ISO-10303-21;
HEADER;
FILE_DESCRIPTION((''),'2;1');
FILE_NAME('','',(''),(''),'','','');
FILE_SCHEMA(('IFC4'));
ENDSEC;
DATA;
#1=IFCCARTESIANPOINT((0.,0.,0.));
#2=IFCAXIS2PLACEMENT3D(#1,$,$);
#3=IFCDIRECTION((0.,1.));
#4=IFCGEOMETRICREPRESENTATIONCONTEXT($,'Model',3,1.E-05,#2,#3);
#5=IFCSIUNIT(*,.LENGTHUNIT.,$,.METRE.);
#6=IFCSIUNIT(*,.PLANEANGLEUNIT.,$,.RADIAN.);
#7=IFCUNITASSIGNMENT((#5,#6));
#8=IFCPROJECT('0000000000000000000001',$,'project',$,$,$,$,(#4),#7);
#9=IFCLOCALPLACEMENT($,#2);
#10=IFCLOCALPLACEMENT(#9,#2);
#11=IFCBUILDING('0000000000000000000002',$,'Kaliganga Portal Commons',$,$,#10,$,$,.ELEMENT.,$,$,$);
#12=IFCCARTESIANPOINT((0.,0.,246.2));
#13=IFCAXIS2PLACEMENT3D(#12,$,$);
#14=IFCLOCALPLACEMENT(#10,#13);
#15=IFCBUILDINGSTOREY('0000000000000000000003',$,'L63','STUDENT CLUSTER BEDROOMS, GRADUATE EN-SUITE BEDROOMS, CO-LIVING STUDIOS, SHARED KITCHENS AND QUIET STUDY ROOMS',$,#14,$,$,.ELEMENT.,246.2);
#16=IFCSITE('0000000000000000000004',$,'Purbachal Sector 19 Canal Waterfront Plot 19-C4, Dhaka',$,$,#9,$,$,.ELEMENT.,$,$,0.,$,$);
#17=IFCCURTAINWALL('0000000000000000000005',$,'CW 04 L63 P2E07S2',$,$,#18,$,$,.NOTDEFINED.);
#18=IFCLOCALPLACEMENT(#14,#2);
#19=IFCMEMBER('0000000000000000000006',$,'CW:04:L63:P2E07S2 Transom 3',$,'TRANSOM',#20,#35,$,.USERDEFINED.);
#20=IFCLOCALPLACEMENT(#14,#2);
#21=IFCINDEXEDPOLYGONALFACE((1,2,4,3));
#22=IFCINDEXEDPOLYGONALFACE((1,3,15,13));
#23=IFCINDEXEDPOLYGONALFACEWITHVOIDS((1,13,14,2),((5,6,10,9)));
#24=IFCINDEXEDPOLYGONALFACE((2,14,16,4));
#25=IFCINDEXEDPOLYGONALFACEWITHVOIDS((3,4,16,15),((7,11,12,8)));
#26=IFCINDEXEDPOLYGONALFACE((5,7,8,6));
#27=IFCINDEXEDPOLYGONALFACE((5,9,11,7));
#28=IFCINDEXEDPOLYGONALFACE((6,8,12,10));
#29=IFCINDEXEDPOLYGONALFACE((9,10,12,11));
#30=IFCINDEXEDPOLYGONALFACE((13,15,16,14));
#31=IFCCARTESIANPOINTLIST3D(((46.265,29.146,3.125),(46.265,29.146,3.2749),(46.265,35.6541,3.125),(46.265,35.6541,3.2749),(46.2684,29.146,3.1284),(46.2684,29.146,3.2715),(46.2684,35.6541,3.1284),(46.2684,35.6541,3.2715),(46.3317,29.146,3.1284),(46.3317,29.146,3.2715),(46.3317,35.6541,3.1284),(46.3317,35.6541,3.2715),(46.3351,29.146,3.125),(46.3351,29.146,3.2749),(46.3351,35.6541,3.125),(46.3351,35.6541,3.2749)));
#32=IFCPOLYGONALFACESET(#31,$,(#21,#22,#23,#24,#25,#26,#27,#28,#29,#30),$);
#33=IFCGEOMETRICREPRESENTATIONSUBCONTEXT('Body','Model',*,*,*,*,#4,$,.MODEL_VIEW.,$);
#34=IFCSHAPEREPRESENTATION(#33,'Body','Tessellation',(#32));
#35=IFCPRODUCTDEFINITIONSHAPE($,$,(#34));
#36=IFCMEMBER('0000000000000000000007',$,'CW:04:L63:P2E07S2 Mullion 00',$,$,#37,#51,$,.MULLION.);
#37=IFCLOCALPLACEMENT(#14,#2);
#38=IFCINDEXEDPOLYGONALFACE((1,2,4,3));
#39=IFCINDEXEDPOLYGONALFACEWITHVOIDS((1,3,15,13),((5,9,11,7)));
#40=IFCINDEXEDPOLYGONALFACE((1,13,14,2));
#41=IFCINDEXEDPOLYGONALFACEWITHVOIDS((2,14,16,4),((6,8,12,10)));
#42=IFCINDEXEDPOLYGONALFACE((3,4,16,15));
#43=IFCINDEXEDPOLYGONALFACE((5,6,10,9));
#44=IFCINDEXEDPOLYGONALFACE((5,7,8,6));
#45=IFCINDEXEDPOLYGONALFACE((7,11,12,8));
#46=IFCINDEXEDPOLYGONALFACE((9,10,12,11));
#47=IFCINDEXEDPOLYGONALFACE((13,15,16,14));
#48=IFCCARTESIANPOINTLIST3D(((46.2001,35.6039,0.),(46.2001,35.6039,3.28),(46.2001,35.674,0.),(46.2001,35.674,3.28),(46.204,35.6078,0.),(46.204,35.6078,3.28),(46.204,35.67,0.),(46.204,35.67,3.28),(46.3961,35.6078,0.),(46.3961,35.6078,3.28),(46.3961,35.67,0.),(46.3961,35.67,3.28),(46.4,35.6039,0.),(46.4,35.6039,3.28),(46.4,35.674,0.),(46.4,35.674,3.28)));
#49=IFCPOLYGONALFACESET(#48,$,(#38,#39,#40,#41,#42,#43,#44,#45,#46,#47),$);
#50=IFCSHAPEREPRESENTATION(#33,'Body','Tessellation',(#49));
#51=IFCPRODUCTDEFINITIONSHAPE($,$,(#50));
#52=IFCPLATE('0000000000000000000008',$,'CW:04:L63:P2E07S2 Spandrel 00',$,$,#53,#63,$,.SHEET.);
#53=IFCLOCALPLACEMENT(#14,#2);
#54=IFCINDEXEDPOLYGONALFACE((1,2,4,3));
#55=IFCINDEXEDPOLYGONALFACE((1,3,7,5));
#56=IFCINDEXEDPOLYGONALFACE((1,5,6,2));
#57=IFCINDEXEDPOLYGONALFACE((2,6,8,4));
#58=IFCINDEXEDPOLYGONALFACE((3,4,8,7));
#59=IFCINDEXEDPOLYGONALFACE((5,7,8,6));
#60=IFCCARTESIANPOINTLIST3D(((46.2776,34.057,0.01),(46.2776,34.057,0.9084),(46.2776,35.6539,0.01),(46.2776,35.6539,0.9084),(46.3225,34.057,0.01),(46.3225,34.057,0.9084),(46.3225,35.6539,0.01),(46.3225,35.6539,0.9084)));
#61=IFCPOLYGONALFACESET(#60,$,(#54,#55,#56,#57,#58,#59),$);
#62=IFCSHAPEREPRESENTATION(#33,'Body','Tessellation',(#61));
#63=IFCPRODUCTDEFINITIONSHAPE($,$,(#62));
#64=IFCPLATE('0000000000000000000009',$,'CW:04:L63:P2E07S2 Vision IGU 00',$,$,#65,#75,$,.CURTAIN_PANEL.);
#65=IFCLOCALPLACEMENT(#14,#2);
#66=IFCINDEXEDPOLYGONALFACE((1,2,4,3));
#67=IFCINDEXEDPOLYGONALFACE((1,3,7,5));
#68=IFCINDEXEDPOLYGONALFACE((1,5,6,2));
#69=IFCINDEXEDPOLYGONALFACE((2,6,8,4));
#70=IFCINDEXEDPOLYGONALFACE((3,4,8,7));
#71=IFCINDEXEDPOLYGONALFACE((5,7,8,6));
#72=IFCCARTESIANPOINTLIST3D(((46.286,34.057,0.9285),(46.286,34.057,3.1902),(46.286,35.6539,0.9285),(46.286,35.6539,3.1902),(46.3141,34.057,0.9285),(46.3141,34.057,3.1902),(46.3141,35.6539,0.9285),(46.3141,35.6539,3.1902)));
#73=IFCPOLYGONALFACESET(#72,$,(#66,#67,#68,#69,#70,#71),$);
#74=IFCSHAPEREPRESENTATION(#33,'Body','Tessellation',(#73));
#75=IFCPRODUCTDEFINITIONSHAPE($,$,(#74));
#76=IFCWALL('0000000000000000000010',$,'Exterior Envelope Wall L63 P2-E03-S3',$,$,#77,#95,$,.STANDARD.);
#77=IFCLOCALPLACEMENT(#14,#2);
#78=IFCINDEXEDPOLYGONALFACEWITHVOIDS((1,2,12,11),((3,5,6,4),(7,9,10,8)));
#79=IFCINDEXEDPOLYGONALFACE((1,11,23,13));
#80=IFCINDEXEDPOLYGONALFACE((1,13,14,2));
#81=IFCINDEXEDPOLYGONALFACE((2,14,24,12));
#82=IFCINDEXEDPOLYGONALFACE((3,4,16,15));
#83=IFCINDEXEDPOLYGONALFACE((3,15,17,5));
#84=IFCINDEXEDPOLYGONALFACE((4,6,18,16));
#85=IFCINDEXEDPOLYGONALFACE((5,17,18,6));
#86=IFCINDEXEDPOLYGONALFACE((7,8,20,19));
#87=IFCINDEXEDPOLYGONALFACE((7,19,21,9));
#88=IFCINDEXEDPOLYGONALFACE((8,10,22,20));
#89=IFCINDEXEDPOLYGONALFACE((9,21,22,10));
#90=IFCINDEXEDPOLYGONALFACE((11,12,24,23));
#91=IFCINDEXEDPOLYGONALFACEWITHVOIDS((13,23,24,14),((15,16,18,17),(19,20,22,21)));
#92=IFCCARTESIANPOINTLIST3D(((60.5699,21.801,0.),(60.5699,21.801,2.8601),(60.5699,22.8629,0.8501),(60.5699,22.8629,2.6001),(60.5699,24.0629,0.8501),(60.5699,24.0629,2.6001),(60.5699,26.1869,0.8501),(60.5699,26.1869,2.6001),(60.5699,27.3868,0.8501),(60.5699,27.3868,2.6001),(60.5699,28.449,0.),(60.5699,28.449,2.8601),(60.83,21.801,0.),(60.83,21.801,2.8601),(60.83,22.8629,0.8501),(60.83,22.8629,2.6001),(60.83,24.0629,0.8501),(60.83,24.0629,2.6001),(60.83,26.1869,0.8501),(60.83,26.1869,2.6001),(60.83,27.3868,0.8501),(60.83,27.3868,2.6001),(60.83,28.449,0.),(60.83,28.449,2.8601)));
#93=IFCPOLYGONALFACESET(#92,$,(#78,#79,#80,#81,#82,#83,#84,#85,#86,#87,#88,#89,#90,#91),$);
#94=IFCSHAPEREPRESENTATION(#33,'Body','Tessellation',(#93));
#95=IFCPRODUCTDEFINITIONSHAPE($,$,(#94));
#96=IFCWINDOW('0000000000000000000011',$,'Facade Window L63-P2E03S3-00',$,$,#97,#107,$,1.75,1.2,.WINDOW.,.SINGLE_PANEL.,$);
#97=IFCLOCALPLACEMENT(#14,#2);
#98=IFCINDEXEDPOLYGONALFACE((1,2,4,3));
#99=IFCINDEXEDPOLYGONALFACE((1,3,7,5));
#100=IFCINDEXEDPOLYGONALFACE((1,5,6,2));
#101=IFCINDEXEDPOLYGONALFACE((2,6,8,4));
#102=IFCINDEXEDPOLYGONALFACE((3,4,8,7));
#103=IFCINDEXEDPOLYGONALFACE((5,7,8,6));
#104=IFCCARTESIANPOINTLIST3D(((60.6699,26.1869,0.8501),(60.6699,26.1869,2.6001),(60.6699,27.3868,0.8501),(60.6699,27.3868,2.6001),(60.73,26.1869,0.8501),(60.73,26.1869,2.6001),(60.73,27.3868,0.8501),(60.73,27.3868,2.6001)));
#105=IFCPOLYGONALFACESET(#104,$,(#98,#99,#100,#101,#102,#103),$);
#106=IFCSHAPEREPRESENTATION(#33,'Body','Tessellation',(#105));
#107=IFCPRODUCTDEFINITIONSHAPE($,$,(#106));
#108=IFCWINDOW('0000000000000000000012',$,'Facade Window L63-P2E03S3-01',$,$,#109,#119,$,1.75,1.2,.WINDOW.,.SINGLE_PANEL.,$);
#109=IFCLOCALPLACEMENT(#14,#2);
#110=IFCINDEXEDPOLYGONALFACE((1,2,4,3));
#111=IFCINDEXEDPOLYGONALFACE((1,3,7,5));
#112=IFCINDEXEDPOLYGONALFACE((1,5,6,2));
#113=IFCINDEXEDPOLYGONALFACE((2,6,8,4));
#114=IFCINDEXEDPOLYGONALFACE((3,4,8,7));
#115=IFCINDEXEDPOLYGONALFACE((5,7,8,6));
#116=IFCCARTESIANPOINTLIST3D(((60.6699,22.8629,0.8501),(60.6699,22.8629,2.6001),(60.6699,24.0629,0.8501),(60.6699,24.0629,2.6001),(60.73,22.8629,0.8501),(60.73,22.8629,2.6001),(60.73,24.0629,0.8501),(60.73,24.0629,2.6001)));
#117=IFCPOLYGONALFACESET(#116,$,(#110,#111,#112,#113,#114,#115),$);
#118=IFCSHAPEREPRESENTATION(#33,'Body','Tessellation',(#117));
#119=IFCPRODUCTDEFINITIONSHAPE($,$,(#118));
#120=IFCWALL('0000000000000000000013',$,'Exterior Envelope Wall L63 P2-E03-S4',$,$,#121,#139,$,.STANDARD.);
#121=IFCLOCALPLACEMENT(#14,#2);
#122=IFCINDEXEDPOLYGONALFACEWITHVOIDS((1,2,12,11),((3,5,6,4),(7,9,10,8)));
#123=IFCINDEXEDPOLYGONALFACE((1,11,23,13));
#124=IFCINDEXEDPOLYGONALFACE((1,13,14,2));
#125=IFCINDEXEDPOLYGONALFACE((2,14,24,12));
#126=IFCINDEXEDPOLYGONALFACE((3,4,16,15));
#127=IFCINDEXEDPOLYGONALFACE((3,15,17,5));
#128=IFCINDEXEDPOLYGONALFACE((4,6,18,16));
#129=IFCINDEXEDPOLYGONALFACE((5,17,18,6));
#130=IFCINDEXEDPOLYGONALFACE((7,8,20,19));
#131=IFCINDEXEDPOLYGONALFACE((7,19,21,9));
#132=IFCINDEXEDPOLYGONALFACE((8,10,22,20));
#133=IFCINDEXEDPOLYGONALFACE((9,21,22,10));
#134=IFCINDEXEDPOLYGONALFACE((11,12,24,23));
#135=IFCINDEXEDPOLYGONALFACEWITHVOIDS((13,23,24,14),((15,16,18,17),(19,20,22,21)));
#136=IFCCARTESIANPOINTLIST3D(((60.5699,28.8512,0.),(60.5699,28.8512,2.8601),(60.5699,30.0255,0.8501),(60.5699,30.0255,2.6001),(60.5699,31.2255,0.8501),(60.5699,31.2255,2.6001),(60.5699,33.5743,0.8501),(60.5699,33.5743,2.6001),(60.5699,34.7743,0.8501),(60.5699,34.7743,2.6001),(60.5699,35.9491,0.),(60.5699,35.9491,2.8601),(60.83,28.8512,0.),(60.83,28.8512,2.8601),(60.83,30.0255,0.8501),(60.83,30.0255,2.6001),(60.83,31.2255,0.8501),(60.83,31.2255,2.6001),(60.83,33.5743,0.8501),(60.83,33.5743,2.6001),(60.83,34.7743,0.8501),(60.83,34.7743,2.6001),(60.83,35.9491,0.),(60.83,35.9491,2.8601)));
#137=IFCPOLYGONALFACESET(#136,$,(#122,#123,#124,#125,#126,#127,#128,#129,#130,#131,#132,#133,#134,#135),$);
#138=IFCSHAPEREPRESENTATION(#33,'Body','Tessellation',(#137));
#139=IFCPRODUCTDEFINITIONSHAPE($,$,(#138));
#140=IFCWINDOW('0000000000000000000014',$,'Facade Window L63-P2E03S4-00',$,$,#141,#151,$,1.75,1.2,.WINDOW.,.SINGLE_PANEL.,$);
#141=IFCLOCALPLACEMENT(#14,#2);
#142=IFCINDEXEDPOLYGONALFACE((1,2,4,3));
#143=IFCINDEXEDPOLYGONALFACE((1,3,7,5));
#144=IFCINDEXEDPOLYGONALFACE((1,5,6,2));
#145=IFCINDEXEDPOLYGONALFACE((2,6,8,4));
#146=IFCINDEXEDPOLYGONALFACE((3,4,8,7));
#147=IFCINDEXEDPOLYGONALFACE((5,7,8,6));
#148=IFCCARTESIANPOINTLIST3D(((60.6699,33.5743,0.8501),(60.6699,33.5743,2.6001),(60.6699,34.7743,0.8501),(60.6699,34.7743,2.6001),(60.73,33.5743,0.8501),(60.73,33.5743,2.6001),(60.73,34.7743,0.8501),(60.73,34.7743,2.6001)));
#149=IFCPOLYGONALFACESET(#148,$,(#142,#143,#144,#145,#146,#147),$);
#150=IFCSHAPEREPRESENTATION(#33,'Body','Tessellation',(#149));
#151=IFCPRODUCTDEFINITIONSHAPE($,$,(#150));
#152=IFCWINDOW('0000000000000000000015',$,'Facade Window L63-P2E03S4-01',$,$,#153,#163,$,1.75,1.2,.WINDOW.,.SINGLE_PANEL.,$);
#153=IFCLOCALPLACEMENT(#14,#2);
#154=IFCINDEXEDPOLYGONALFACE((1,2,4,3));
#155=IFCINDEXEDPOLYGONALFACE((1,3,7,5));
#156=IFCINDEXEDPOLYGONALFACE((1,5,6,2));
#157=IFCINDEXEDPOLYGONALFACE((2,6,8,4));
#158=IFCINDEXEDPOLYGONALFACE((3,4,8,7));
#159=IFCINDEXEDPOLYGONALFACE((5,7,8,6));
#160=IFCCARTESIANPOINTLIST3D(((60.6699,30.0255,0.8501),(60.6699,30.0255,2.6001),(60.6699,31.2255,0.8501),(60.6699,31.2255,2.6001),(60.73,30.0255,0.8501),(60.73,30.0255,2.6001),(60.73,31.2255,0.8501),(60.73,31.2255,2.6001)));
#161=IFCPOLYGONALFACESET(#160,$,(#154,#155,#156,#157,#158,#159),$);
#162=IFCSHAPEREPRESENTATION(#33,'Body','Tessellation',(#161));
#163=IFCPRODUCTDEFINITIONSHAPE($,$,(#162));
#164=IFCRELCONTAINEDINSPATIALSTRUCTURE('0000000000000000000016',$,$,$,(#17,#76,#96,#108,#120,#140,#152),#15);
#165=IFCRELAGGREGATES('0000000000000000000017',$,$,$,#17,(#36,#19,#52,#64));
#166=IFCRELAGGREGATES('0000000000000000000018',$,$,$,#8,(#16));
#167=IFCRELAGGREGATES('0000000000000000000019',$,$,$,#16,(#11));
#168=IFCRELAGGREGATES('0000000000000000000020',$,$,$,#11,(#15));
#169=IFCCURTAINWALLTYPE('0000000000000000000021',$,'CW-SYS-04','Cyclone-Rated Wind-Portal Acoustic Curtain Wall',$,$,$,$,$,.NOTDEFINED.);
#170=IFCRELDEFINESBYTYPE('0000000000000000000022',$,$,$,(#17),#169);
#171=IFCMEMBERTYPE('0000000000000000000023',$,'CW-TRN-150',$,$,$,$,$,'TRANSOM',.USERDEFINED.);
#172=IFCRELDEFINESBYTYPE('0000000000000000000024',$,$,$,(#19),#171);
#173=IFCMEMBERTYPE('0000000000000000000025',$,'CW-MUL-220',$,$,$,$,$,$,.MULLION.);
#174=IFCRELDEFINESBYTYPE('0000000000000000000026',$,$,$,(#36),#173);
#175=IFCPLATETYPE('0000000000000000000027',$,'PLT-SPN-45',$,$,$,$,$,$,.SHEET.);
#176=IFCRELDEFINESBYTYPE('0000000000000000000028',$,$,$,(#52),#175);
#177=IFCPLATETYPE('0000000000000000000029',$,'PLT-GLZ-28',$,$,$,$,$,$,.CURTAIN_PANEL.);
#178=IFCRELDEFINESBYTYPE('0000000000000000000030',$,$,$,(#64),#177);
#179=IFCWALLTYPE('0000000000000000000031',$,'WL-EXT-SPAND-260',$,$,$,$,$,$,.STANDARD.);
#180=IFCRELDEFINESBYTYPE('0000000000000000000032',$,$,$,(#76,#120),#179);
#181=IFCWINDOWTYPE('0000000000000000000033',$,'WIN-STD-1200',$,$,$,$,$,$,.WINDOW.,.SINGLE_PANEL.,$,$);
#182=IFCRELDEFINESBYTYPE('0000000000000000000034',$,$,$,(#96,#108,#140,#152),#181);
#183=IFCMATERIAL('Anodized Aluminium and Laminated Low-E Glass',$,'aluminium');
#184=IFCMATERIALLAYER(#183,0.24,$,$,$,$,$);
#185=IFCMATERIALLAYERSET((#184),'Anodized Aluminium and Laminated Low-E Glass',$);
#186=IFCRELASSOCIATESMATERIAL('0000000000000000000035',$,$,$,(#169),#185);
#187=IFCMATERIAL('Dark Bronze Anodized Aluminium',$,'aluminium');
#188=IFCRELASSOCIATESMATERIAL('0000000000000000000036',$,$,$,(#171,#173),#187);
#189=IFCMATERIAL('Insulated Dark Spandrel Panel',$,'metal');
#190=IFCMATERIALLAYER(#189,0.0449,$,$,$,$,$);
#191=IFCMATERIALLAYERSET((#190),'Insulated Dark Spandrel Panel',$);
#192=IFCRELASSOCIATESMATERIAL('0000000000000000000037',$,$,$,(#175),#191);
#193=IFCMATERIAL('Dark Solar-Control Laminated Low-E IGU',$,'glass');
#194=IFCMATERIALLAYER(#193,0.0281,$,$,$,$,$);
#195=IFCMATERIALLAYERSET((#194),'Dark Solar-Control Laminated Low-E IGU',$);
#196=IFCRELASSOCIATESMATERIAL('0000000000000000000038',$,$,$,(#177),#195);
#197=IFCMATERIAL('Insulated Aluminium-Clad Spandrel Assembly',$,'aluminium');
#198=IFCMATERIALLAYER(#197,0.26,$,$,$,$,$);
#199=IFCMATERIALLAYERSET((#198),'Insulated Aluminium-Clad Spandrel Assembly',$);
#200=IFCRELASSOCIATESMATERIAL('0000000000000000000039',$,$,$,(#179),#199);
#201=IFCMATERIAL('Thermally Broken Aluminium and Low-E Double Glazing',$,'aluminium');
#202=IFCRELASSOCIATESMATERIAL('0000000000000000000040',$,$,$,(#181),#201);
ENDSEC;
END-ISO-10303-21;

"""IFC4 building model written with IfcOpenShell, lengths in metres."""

from ifc_helpers import new_model, si_unit, direction, frame, frame_2d, origin, origin_2d, place, context, subcontext, project, spatial, rectangle, hollow_rectangle, extrude, source, transform, mapped, material, layer, layer_set, material_profile, profile_set, type_object, element, fill, aggregate, save


model = new_model("IFC4")

# Units and contexts
model_context = context("Model", 3, precision=1e-05, world=origin(), true_north=direction((0.0, 1.0)))
body_context = subcontext(model_context, "Body", "Model", "MODEL_VIEW")
ifc_project = project(units=[si_unit("LENGTHUNIT", "METRE"), si_unit("PLANEANGLEUNIT", "RADIAN")], contexts=[model_context])

# Site, building, storey
site_placement = place(None, origin())
site = spatial("IfcSite", under=ifc_project, at=site_placement, Name="Purbachal Sector 19 Canal Waterfront Plot 19-C4, Dhaka", CompositionType="ELEMENT", RefElevation=0.0)
building_placement = place(site_placement, origin())
building = spatial("IfcBuilding", under=site, at=building_placement, Name="Kaliganga Portal Commons", CompositionType="ELEMENT")
storey_placement = place(building_placement, frame((0.0, 0.0, 246.2)))
storey = spatial("IfcBuildingStorey", under=building, at=storey_placement, Name="L63", Description="STUDENT CLUSTER BEDROOMS, GRADUATE EN-SUITE BEDROOMS, CO-LIVING STUDIOS, SHARED KITCHENS AND QUIET STUDY ROOMS", CompositionType="ELEMENT", Elevation=246.2)

# Curtain wall, members, plates
ifc_material_1 = material(Name="Anodized Aluminium and Laminated Low-E Glass", Category="aluminium")
ifc_layer_1 = layer(ifc_material_1, 0.24)
ifc_layer_set_1 = layer_set([ifc_layer_1], Name="Anodized Aluminium and Laminated Low-E Glass")
curtain_wall_type = type_object("IfcCurtainWallType", Name="CW-SYS-04", Description="Cyclone-Rated Wind-Portal Acoustic Curtain Wall", PredefinedType="NOTDEFINED", material=ifc_layer_set_1)
curtain_wall_placement = place(storey_placement, origin())
curtain_wall = element("IfcCurtainWall", 1, at=curtain_wall_placement, inside=storey, type_object=curtain_wall_type, Name="CW 04 L63 P2E07S2", PredefinedType="NOTDEFINED")
ifc_material_2 = material(Name="Dark Bronze Anodized Aluminium", Category="aluminium")
ifc_material_profile_1 = material_profile(ifc_material_2, hollow_rectangle(XDim=0.0701, YDim=0.1499, WallThickness=0.0034, at=origin_2d()), Name="ALU TRAN 70x150x3.5")
ifc_profile_set_1 = profile_set([ifc_material_profile_1], Name="Dark Bronze Anodized Aluminium")
member_type_1 = type_object("IfcMemberType", Name="CW-TRN-150", ElementType="TRANSOM", PredefinedType="USERDEFINED", material=ifc_profile_set_1)
shared_shape_1 = source(origin(), body_context, "Body", "SweptSolid", [
    extrude(hollow_rectangle(XDim=0.0701, YDim=0.1499, WallThickness=0.0034, at=origin_2d()), origin(), (0.0, 0.0, 1.0), 6.5081),
])
member_1_placement = place(storey_placement, frame((46.3, 35.6541, 3.2), z_axis=(0.0, -1.0, 0.0), x_axis=(1.0, 0.0, 0.0)))
member_1 = element("IfcMember", 2, at=member_1_placement, type_object=member_type_1, Name="CW:04:L63:P2E07S2 Transom 3", ObjectType="TRANSOM", PredefinedType="USERDEFINED", context=body_context, shape_type="MappedRepresentation", body=[
    mapped(shared_shape_1, transform((0.0, 0.0, 0.0), x_axis=(1.0, 0.0, 0.0), y_axis=(0.0, 1.0, 0.0), z_axis=(0.0, 0.0, 1.0), scale=1.0)),
])
ifc_material_profile_2 = material_profile(ifc_material_2, hollow_rectangle(XDim=0.0701, YDim=0.2, WallThickness=0.0039, at=origin_2d()), Name="ALU MULL 70x200x4")
ifc_profile_set_2 = profile_set([ifc_material_profile_2], Name="Dark Bronze Anodized Aluminium")
member_type_2 = type_object("IfcMemberType", Name="CW-MUL-220", PredefinedType="MULLION", material=ifc_profile_set_2)
shared_shape_2 = source(origin(), body_context, "Body", "SweptSolid", [
    extrude(hollow_rectangle(XDim=0.0701, YDim=0.2, WallThickness=0.0039, at=origin_2d()), origin(), (0.0, 0.0, 1.0), 3.28),
])
member_2_placement = place(storey_placement, frame((46.3, 35.6389, 0.0), z_axis=(0.0, 0.0, 1.0), x_axis=(0.0, -1.0, 0.0)))
member_2 = element("IfcMember", 3, at=member_2_placement, type_object=member_type_2, Name="CW:04:L63:P2E07S2 Mullion 00", PredefinedType="MULLION", context=body_context, shape_type="MappedRepresentation", body=[
    mapped(shared_shape_2, transform((0.0, 0.0, 0.0), x_axis=(1.0, 0.0, 0.0), y_axis=(0.0, 1.0, 0.0), z_axis=(0.0, 0.0, 1.0), scale=1.0)),
])
ifc_material_3 = material(Name="Insulated Dark Spandrel Panel", Category="metal")
ifc_layer_2 = layer(ifc_material_3, 0.0449)
ifc_layer_set_2 = layer_set([ifc_layer_2], Name="Insulated Dark Spandrel Panel")
plate_type_1 = type_object("IfcPlateType", Name="PLT-SPN-45", PredefinedType="SHEET", material=ifc_layer_set_2)
shared_shape_3 = source(origin(), body_context, "Body", "SweptSolid", [
    extrude(rectangle(XDim=1.5969, YDim=0.0449, at=origin_2d()), origin(), (0.0, 0.0, 1.0), 0.8984),
])
plate_1_placement = place(storey_placement, frame((46.3, 34.8555, 0.01), z_axis=(0.0, 0.0, 1.0), x_axis=(0.0, -1.0, 0.0)))
plate_1 = element("IfcPlate", 4, at=plate_1_placement, type_object=plate_type_1, Name="CW:04:L63:P2E07S2 Spandrel 00", PredefinedType="SHEET", context=body_context, shape_type="MappedRepresentation", body=[
    mapped(shared_shape_3, transform((0.0, 0.0, 0.0), x_axis=(1.0, 0.0, 0.0), y_axis=(0.0, 1.0, 0.0), z_axis=(0.0, 0.0, 1.0), scale=1.0)),
])
ifc_material_4 = material(Name="Dark Solar-Control Laminated Low-E IGU", Category="glass")
ifc_layer_3 = layer(ifc_material_4, 0.0281)
ifc_layer_set_3 = layer_set([ifc_layer_3], Name="Dark Solar-Control Laminated Low-E IGU")
plate_type_2 = type_object("IfcPlateType", Name="PLT-GLZ-28", PredefinedType="CURTAIN_PANEL", material=ifc_layer_set_3)
shared_shape_4 = source(origin(), body_context, "Body", "SweptSolid", [
    extrude(rectangle(XDim=1.5969, YDim=0.0281, at=origin_2d()), origin(), (0.0, 0.0, 1.0), 2.2617),
])
plate_2_placement = place(storey_placement, frame((46.3, 34.8555, 0.9285), z_axis=(0.0, 0.0, 1.0), x_axis=(0.0, -1.0, 0.0)))
plate_2 = element("IfcPlate", 5, at=plate_2_placement, type_object=plate_type_2, Name="CW:04:L63:P2E07S2 Vision IGU 00", PredefinedType="CURTAIN_PANEL", context=body_context, shape_type="MappedRepresentation", body=[
    mapped(shared_shape_4, transform((0.0, 0.0, 0.0), x_axis=(1.0, 0.0, 0.0), y_axis=(0.0, 1.0, 0.0), z_axis=(0.0, 0.0, 1.0), scale=1.0)),
])
aggregate(curtain_wall, [member_2, member_1, plate_1, plate_2])

# Walls, openings, windows
ifc_material_5 = material(Name="Insulated Aluminium-Clad Spandrel Assembly", Category="aluminium")
ifc_layer_4 = layer(ifc_material_5, 0.26)
ifc_layer_set_4 = layer_set([ifc_layer_4], Name="Insulated Aluminium-Clad Spandrel Assembly")
wall_type_1 = type_object("IfcWallType", Name="WL-EXT-SPAND-260", PredefinedType="STANDARD", material=ifc_layer_set_4)
wall_1_placement = place(storey_placement, frame((60.7, 28.449, 0.0), z_axis=(0.0, 0.0, 1.0), x_axis=(0.0, -1.0, 0.0)))
wall_1 = element("IfcWall", 6, at=wall_1_placement, inside=storey, type_object=wall_type_1, Name="Exterior Envelope Wall L63 P2-E03-S3", PredefinedType="STANDARD", context=body_context, shape_type="SweptSolid", body=[
    extrude(rectangle(XDim=6.6479, YDim=0.26, at=frame_2d((3.324, 0.0))), origin(), (0.0, 0.0, 1.0), 2.8601),
])
opening_1_placement = place(wall_1_placement, frame((1.062, 0.0, 0.8501)))
opening_1 = element("IfcOpeningElement", 7, at=opening_1_placement, cuts=wall_1, PredefinedType="OPENING", context=body_context, shape_type="SweptSolid", body=[
    extrude(rectangle(XDim=1.2, YDim=1.75, at=frame_2d((0.6001, 0.875))), frame((0.0, 0.1401, 0.0), z_axis=(0.0, -1.0, 0.0), x_axis=(1.0, 0.0, 0.0)), (0.0, 0.0, 1.0), 0.28),
])
opening_2_placement = place(wall_1_placement, frame((4.386, 0.0, 0.8501)))
opening_2 = element("IfcOpeningElement", 8, at=opening_2_placement, cuts=wall_1, PredefinedType="OPENING", context=body_context, shape_type="SweptSolid", body=[
    extrude(rectangle(XDim=1.2, YDim=1.75, at=frame_2d((0.6001, 0.875))), frame((0.0, 0.1401, 0.0), z_axis=(0.0, -1.0, 0.0), x_axis=(1.0, 0.0, 0.0)), (0.0, 0.0, 1.0), 0.28),
])
ifc_material_6 = material(Name="Thermally Broken Aluminium and Low-E Double Glazing", Category="aluminium")
window_type = type_object("IfcWindowType", Name="WIN-STD-1200", PartitioningType="SINGLE_PANEL", PredefinedType="WINDOW", material=ifc_material_6)
window_1_placement = place(opening_1_placement, origin())
window_1 = element("IfcWindow", 9, at=window_1_placement, inside=storey, type_object=window_type, Name="Facade Window L63-P2E03S3-00", OverallHeight=1.75, OverallWidth=1.2, PartitioningType="SINGLE_PANEL", PredefinedType="WINDOW", context=body_context, shape_type="SweptSolid", body=[
    extrude(rectangle(XDim=1.2, YDim=1.75, at=frame_2d((0.6001, 0.875))), frame((0.0, 0.03, 0.0), z_axis=(0.0, -1.0, 0.0), x_axis=(1.0, 0.0, 0.0)), (0.0, 0.0, 1.0), 0.0601),
])
fill(opening_1, window_1)
window_2_placement = place(opening_2_placement, origin())
window_2 = element("IfcWindow", 10, at=window_2_placement, inside=storey, type_object=window_type, Name="Facade Window L63-P2E03S3-01", OverallHeight=1.75, OverallWidth=1.2, PartitioningType="SINGLE_PANEL", PredefinedType="WINDOW", context=body_context, shape_type="SweptSolid", body=[
    extrude(rectangle(XDim=1.2, YDim=1.75, at=frame_2d((0.6001, 0.875))), frame((0.0, 0.03, 0.0), z_axis=(0.0, -1.0, 0.0), x_axis=(1.0, 0.0, 0.0)), (0.0, 0.0, 1.0), 0.0601),
])
fill(opening_2, window_2)
wall_2_placement = place(storey_placement, frame((60.7, 35.949, 0.0), z_axis=(0.0, 0.0, 1.0), x_axis=(0.0, -1.0, 0.0)))
wall_2 = element("IfcWall", 11, at=wall_2_placement, inside=storey, type_object=wall_type_1, Name="Exterior Envelope Wall L63 P2-E03-S4", PredefinedType="STANDARD", context=body_context, shape_type="SweptSolid", body=[
    extrude(rectangle(XDim=7.0979, YDim=0.26, at=frame_2d((3.5488, 0.0))), origin(), (0.0, 0.0, 1.0), 2.8601),
])
opening_3_placement = place(wall_2_placement, frame((1.1746, 0.0, 0.8501)))
opening_3 = element("IfcOpeningElement", 12, at=opening_3_placement, cuts=wall_2, PredefinedType="OPENING", context=body_context, shape_type="SweptSolid", body=[
    extrude(rectangle(XDim=1.2, YDim=1.75, at=frame_2d((0.6001, 0.875))), frame((0.0, 0.1401, 0.0), z_axis=(0.0, -1.0, 0.0), x_axis=(1.0, 0.0, 0.0)), (0.0, 0.0, 1.0), 0.28),
])
opening_4_placement = place(wall_2_placement, frame((4.7234, 0.0, 0.8501)))
opening_4 = element("IfcOpeningElement", 13, at=opening_4_placement, cuts=wall_2, PredefinedType="OPENING", context=body_context, shape_type="SweptSolid", body=[
    extrude(rectangle(XDim=1.2, YDim=1.75, at=frame_2d((0.6001, 0.875))), frame((0.0, 0.1401, 0.0), z_axis=(0.0, -1.0, 0.0), x_axis=(1.0, 0.0, 0.0)), (0.0, 0.0, 1.0), 0.28),
])
window_3_placement = place(opening_3_placement, origin())
window_3 = element("IfcWindow", 14, at=window_3_placement, inside=storey, type_object=window_type, Name="Facade Window L63-P2E03S4-00", OverallHeight=1.75, OverallWidth=1.2, PartitioningType="SINGLE_PANEL", PredefinedType="WINDOW", context=body_context, shape_type="SweptSolid", body=[
    extrude(rectangle(XDim=1.2, YDim=1.75, at=frame_2d((0.6001, 0.875))), frame((0.0, 0.03, 0.0), z_axis=(0.0, -1.0, 0.0), x_axis=(1.0, 0.0, 0.0)), (0.0, 0.0, 1.0), 0.0601),
])
fill(opening_3, window_3)
window_4_placement = place(opening_4_placement, origin())
window_4 = element("IfcWindow", 15, at=window_4_placement, inside=storey, type_object=window_type, Name="Facade Window L63-P2E03S4-01", OverallHeight=1.75, OverallWidth=1.2, PartitioningType="SINGLE_PANEL", PredefinedType="WINDOW", context=body_context, shape_type="SweptSolid", body=[
    extrude(rectangle(XDim=1.2, YDim=1.75, at=frame_2d((0.6001, 0.875))), frame((0.0, 0.03, 0.0), z_axis=(0.0, -1.0, 0.0), x_axis=(1.0, 0.0, 0.0)), (0.0, 0.0, 1.0), 0.0601),
])
fill(opening_4, window_4)

save(model, "model.ifc")
